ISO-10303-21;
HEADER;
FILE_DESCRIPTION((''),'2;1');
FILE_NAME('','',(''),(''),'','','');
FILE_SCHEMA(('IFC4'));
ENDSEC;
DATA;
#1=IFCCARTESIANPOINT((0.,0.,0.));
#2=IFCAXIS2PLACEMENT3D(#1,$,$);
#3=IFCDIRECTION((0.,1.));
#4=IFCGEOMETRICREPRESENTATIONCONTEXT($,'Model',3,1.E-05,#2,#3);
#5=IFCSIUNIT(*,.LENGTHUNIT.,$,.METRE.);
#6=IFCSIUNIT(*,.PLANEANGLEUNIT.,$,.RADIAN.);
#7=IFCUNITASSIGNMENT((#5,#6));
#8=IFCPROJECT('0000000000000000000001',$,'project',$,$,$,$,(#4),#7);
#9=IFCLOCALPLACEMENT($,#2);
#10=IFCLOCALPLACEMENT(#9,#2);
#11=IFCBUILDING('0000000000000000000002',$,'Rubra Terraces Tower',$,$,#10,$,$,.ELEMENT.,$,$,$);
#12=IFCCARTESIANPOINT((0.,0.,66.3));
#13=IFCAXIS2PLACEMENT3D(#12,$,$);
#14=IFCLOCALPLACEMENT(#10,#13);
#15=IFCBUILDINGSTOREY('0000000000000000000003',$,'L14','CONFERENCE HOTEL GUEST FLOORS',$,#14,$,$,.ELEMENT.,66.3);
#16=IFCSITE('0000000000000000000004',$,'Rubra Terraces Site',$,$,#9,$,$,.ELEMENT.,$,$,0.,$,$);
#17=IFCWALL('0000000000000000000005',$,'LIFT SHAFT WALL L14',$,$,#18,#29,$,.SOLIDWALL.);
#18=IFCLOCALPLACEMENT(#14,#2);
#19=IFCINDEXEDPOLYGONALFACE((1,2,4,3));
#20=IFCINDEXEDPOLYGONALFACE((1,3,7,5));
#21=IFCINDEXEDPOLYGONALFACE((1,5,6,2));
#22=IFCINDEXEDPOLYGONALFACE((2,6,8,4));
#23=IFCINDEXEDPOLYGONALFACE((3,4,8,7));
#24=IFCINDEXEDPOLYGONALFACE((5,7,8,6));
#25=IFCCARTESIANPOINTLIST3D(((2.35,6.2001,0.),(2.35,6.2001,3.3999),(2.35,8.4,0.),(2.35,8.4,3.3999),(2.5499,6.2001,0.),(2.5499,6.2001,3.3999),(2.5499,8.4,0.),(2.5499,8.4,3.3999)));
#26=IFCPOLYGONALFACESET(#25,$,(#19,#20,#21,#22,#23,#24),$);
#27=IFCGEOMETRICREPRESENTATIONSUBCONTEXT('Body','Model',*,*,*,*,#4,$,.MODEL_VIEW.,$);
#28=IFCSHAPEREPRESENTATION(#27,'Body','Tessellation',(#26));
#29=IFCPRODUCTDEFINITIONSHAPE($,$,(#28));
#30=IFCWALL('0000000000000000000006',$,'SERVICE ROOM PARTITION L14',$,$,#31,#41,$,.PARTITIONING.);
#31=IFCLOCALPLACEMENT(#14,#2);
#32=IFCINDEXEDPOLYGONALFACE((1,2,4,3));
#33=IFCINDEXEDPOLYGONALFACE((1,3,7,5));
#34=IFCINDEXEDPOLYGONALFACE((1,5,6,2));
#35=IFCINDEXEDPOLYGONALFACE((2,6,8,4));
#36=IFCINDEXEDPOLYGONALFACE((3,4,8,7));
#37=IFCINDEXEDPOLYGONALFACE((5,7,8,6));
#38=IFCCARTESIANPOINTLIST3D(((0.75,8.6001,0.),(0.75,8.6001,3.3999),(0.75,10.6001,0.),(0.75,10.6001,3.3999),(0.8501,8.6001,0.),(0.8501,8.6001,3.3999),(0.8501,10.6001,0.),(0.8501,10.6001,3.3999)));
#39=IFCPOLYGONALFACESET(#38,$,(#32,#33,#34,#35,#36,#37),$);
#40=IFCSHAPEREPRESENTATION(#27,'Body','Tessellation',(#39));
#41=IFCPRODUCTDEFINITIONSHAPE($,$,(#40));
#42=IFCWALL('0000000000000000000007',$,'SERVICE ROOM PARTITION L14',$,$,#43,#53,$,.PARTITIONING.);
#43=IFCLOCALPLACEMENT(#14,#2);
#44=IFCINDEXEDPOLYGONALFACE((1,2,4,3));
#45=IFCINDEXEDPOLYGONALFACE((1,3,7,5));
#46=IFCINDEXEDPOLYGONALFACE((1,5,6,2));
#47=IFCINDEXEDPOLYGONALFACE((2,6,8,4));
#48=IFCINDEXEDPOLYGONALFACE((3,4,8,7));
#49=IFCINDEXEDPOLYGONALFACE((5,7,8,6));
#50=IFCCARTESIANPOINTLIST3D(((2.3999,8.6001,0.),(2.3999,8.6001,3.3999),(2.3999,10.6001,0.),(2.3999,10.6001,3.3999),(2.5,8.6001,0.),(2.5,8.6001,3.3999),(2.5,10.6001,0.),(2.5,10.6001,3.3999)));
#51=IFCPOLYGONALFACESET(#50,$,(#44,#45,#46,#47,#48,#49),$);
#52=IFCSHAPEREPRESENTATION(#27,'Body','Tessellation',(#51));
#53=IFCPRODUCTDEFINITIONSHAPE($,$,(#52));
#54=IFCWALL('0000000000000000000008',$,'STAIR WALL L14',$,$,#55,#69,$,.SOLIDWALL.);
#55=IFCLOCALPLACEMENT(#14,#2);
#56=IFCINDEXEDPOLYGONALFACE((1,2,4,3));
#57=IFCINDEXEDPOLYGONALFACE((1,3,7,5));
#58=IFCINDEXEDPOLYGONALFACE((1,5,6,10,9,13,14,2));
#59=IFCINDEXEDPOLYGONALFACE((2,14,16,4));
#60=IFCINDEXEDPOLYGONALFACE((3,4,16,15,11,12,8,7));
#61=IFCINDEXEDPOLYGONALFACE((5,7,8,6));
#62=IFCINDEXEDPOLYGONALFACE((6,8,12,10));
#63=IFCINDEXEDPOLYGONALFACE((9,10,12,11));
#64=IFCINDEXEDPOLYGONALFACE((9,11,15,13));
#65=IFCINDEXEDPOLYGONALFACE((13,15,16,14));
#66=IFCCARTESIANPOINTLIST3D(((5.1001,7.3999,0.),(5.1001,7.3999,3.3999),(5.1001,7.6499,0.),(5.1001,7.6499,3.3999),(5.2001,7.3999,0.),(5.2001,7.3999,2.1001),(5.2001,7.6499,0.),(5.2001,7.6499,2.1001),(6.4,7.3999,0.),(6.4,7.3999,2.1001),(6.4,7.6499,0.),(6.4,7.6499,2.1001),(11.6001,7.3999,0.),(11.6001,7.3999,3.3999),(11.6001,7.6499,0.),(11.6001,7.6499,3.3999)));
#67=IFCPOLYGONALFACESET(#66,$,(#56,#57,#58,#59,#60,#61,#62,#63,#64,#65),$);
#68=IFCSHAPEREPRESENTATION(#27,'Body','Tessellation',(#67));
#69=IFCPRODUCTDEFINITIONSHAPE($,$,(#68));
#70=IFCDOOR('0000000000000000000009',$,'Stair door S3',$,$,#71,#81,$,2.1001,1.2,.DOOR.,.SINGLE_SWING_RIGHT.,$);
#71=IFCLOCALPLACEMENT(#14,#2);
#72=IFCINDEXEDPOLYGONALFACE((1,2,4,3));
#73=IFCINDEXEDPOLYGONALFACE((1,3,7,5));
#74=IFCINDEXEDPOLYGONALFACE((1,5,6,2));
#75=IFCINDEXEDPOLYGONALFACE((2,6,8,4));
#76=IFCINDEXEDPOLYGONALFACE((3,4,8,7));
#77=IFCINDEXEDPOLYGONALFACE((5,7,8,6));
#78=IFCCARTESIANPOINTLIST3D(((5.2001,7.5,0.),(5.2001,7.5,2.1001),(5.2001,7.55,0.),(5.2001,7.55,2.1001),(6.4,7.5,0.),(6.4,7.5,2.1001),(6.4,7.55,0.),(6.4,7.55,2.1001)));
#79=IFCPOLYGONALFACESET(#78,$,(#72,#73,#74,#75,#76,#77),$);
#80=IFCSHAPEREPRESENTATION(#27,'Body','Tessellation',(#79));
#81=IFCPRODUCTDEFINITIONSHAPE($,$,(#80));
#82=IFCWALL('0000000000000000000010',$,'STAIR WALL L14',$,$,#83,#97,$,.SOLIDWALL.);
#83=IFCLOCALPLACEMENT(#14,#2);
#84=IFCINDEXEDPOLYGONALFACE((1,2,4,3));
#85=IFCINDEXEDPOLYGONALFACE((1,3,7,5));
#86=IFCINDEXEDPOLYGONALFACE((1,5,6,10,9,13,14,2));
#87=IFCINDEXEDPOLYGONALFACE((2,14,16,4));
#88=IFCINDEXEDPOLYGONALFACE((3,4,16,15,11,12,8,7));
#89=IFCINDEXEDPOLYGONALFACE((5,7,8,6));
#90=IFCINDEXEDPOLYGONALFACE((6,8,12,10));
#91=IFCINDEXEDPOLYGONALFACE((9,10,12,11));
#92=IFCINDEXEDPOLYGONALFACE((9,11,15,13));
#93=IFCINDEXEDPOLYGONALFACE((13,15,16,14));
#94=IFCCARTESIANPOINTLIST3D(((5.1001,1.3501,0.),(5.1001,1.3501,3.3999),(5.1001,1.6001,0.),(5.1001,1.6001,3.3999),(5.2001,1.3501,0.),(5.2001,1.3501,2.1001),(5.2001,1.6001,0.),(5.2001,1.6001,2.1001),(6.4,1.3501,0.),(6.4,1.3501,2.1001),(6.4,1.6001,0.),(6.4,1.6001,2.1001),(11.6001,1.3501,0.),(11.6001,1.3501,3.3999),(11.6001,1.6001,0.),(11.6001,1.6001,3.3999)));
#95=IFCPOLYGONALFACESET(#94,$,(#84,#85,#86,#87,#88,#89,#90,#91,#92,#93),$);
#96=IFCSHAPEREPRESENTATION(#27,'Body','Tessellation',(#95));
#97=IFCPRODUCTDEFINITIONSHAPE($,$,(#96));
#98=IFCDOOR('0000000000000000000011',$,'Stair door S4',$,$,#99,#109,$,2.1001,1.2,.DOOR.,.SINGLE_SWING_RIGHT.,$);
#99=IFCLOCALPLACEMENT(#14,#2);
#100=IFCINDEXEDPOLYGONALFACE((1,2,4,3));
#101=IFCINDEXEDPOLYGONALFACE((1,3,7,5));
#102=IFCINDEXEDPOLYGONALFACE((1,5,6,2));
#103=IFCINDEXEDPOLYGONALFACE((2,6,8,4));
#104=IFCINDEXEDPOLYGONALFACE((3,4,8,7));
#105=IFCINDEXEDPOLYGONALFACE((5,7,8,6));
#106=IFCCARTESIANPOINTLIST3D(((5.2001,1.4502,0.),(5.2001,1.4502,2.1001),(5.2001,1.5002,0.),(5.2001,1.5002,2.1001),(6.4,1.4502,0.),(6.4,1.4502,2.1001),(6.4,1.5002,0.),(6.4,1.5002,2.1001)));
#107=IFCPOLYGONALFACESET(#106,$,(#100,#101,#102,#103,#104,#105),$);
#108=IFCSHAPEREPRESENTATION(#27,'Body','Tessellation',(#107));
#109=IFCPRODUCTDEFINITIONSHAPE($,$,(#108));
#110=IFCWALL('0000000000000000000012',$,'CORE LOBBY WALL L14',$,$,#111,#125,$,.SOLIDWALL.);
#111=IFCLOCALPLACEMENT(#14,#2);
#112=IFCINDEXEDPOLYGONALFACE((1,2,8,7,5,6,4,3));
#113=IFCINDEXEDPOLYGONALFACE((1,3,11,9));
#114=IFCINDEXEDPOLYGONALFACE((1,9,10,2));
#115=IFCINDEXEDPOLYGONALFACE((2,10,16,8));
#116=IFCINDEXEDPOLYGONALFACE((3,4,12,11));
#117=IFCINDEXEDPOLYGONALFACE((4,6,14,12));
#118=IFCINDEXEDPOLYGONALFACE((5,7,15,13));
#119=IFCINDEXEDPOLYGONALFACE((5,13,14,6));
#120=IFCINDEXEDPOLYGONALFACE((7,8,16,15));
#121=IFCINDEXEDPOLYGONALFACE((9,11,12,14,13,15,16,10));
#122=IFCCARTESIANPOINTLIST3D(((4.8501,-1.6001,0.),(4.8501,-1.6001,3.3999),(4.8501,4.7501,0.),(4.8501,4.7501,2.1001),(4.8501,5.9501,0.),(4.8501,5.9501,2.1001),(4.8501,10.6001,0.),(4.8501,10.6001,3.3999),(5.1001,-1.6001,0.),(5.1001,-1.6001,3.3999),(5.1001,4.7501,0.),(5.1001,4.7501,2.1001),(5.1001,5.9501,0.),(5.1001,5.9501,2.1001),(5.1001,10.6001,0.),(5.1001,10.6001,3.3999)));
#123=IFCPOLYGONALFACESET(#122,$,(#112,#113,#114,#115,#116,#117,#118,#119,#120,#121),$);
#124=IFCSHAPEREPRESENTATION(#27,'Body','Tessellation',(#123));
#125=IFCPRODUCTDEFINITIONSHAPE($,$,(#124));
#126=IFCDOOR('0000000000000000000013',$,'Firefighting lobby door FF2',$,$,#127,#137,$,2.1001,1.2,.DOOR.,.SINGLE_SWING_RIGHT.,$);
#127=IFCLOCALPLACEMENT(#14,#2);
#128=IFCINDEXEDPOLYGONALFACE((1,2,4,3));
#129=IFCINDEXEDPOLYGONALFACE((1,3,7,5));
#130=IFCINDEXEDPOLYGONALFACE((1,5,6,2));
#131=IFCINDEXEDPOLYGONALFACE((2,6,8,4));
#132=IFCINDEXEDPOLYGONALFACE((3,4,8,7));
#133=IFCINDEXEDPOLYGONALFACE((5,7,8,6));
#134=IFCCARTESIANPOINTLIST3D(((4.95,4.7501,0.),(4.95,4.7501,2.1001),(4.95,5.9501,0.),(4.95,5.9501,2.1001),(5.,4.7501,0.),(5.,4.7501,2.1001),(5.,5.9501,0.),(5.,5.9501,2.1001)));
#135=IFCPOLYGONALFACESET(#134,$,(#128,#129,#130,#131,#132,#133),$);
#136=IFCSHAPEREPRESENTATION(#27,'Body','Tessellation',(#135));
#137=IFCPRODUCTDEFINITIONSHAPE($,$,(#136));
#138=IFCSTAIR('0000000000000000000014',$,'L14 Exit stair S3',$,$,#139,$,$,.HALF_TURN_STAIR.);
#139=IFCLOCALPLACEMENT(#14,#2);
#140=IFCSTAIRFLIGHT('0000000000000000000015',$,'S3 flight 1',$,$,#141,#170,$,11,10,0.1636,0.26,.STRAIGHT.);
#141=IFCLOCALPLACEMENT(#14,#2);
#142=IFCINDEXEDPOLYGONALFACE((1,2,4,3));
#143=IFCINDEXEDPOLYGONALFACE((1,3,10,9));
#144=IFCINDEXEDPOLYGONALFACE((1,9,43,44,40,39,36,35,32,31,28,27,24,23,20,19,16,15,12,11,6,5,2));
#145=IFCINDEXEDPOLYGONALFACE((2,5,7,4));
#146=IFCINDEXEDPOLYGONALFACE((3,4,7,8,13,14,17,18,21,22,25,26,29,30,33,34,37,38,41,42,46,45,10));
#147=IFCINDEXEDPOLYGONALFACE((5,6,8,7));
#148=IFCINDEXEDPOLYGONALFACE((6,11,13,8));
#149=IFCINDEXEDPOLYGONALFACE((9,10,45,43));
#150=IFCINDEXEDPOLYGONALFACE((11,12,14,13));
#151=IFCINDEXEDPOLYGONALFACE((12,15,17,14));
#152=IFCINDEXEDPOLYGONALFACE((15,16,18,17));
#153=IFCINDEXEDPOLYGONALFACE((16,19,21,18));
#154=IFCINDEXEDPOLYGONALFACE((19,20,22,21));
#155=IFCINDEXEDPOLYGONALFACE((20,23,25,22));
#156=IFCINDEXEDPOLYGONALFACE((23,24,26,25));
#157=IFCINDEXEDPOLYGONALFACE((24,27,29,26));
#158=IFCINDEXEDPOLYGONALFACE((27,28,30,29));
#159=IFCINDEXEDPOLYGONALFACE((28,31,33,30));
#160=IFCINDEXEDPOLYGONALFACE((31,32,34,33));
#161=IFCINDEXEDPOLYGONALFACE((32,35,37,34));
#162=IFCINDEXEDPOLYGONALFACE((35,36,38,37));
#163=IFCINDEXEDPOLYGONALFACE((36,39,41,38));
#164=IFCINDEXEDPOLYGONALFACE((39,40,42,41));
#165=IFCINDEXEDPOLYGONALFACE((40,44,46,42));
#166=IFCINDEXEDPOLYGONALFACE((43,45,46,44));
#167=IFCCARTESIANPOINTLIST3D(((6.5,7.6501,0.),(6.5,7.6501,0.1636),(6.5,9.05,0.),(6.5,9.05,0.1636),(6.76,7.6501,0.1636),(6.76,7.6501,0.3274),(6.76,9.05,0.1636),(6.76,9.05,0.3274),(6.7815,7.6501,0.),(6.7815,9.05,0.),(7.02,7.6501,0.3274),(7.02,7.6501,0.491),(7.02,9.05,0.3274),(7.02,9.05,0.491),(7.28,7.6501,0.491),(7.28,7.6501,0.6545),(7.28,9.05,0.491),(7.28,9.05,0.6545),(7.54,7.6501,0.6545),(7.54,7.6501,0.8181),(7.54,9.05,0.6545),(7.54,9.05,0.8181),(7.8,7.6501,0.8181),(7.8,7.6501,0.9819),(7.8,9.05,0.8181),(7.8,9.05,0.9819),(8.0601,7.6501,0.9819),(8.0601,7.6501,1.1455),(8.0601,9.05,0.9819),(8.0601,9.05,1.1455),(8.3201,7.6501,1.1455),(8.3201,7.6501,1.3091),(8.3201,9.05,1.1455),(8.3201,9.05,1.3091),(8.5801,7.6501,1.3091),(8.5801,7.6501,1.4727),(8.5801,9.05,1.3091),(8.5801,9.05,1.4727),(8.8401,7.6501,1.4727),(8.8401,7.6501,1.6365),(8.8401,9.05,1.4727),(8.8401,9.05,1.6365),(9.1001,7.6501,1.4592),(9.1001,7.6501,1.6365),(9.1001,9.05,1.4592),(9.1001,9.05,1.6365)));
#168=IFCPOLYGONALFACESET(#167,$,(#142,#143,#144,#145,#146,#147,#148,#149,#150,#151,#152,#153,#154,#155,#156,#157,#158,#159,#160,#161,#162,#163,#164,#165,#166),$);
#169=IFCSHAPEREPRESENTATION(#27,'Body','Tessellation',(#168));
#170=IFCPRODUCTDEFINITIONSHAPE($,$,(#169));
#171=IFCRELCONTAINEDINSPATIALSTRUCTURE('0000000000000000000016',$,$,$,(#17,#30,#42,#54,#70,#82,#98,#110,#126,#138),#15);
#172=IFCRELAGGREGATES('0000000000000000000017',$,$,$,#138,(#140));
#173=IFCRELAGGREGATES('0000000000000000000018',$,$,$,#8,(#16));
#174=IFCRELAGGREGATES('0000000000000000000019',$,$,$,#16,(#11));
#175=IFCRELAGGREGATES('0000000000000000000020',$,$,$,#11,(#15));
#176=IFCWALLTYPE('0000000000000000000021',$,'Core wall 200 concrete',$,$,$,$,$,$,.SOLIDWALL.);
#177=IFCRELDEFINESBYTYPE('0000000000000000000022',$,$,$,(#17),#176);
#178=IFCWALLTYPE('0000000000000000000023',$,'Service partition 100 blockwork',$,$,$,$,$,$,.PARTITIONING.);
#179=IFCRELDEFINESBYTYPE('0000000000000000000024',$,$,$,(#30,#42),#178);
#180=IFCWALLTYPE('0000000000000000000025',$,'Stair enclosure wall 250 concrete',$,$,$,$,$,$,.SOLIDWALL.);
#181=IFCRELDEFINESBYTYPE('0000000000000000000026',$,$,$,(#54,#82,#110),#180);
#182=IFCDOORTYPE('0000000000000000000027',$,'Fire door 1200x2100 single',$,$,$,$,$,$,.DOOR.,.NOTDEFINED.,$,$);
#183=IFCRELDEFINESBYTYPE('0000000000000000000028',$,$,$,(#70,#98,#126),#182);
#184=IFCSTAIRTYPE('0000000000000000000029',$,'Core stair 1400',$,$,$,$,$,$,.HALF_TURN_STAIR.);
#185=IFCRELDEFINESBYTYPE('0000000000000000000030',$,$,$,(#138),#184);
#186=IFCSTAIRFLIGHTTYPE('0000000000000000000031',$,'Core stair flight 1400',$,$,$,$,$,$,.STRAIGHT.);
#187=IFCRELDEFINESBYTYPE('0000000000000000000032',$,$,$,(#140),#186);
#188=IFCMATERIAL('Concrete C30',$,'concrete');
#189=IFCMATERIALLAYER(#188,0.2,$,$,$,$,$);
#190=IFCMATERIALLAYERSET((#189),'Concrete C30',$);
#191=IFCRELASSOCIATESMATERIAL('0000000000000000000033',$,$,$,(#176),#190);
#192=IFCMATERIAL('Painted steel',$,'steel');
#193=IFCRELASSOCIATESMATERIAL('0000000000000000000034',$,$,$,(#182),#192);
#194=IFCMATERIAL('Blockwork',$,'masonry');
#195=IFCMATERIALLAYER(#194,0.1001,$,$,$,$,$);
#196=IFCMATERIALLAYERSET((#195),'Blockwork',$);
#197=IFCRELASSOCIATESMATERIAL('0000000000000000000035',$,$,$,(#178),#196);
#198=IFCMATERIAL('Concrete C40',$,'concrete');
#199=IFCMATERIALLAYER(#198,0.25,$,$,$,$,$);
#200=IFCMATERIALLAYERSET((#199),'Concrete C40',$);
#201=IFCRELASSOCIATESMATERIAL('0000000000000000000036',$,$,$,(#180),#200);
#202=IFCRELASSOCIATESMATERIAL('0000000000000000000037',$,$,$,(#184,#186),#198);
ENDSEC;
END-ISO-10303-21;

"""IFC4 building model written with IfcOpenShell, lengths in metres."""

from ifc_helpers import new_model, si_unit, direction, frame, frame_2d, origin, place, context, subcontext, project, spatial, polyline, rectangle, outline, extrude, material, layer, layer_set, type_object, element, fill, aggregate, save


model = new_model("IFC4")

# Units and contexts
model_context = context("Model", 3, precision=1e-05, world=origin(), true_north=direction((0.0, 1.0)))
body_context = subcontext(model_context, "Body", "Model", "MODEL_VIEW")
ifc_project = project(units=[si_unit("LENGTHUNIT", "METRE"), si_unit("PLANEANGLEUNIT", "RADIAN")], contexts=[model_context])

# Site, building, storey
site_placement = place(None, origin())
site = spatial("IfcSite", under=ifc_project, at=site_placement, Name="Rubra Terraces Site", CompositionType="ELEMENT", RefElevation=0.0)
building_placement = place(site_placement, origin())
building = spatial("IfcBuilding", under=site, at=building_placement, Name="Rubra Terraces Tower", CompositionType="ELEMENT")
storey_placement = place(building_placement, frame((0.0, 0.0, 66.3)))
storey = spatial("IfcBuildingStorey", under=building, at=storey_placement, Name="L14", Description="CONFERENCE HOTEL GUEST FLOORS", CompositionType="ELEMENT", Elevation=66.3)

# Shared definitions
ifc_material_1 = material(Name="Concrete C30", Category="concrete")
ifc_layer_1 = layer(ifc_material_1, 0.2)
ifc_layer_set_1 = layer_set([ifc_layer_1], Name="Concrete C30")
wall_type_1 = type_object("IfcWallType", Name="Core wall 200 concrete", PredefinedType="SOLIDWALL", material=ifc_layer_set_1)
ifc_material_2 = material(Name="Painted steel", Category="steel")
door_type_1 = type_object("IfcDoorType", Name="Fire door 1200x2100 single", OperationType="NOTDEFINED", PredefinedType="DOOR", material=ifc_material_2)

# Walls
for number, where, z_axis, x_axis, name in (
    (1, (2.45, 6.2, 0.0), (0.0, 0.0, 1.0), (0.0, 1.0, 0.0), "LIFT SHAFT WALL L14"),
):
    element("IfcWall", number, at=place(storey_placement, frame(where, z_axis=z_axis, x_axis=x_axis)), inside=storey, type_object=wall_type_1, Name=name, PredefinedType="SOLIDWALL", context=body_context, shape_type="SweptSolid", body=[
        extrude(rectangle(XDim=2.2, YDim=0.2, at=frame_2d((1.1001, 0.0))), origin(), (0.0, 0.0, 1.0), 3.3999),
    ])
ifc_material_3 = material(Name="Blockwork", Category="masonry")
ifc_layer_2 = layer(ifc_material_3, 0.1001)
ifc_layer_set_2 = layer_set([ifc_layer_2], Name="Blockwork")
wall_type_2 = type_object("IfcWallType", Name="Service partition 100 blockwork", PredefinedType="PARTITIONING", material=ifc_layer_set_2)
for number, where, z_axis, x_axis, name in (
    (2, (0.8, 8.6001, 0.0), (0.0, 0.0, 1.0), (0.0, 1.0, 0.0), "SERVICE ROOM PARTITION L14"),
    (3, (2.45, 8.6001, 0.0), (0.0, 0.0, 1.0), (0.0, 1.0, 0.0), "SERVICE ROOM PARTITION L14"),
):
    element("IfcWall", number, at=place(storey_placement, frame(where, z_axis=z_axis, x_axis=x_axis)), inside=storey, type_object=wall_type_2, Name=name, PredefinedType="PARTITIONING", context=body_context, shape_type="SweptSolid", body=[
        extrude(rectangle(XDim=2.0, YDim=0.1001, at=frame_2d((1.0, 0.0))), origin(), (0.0, 0.0, 1.0), 3.3999),
    ])

# Walls, openings, doors
ifc_material_4 = material(Name="Concrete C40", Category="concrete")
ifc_layer_3 = layer(ifc_material_4, 0.25)
ifc_layer_set_3 = layer_set([ifc_layer_3], Name="Concrete C40")
wall_type_3 = type_object("IfcWallType", Name="Stair enclosure wall 250 concrete", PredefinedType="SOLIDWALL", material=ifc_layer_set_3)
wall_1_placement = place(storey_placement, frame((11.6001, 7.5249, 0.0), z_axis=(0.0, 0.0, 1.0), x_axis=(-1.0, 0.0, 0.0)))
wall_1 = element("IfcWall", 4, at=wall_1_placement, inside=storey, type_object=wall_type_3, Name="STAIR WALL L14", PredefinedType="SOLIDWALL", context=body_context, shape_type="SweptSolid", body=[
    extrude(rectangle(XDim=6.5, YDim=0.25, at=frame_2d((3.25, 0.0))), origin(), (0.0, 0.0, 1.0), 3.3999),
])
opening_1_placement = place(wall_1_placement, frame((5.2, 0.0, 0.0)))
opening_1 = element("IfcOpeningElement", 5, at=opening_1_placement, cuts=wall_1, PredefinedType="OPENING", context=body_context, shape_type="SweptSolid", body=[
    extrude(rectangle(XDim=1.2, YDim=2.1001, at=frame_2d((0.6001, 1.05))), frame((0.0, 0.135, 0.0), z_axis=(0.0, -1.0, 0.0), x_axis=(1.0, 0.0, 0.0)), (0.0, 0.0, 1.0), 0.27),
])
door_1_placement = place(opening_1_placement, origin())
door_1 = element("IfcDoor", 6, at=door_1_placement, inside=storey, type_object=door_type_1, Name="Stair door S3", OperationType="SINGLE_SWING_RIGHT", OverallHeight=2.1001, OverallWidth=1.2, PredefinedType="DOOR", context=body_context, shape_type="SweptSolid", body=[
    extrude(rectangle(XDim=1.2, YDim=2.1001, at=frame_2d((0.6001, 1.05))), frame((0.0, 0.0249, 0.0), z_axis=(0.0, -1.0, 0.0), x_axis=(1.0, 0.0, 0.0)), (0.0, 0.0, 1.0), 0.05),
])
fill(opening_1, door_1)
wall_2_placement = place(storey_placement, frame((11.6001, 1.4751, 0.0), z_axis=(0.0, 0.0, 1.0), x_axis=(-1.0, 0.0, 0.0)))
wall_2 = element("IfcWall", 7, at=wall_2_placement, inside=storey, type_object=wall_type_3, Name="STAIR WALL L14", PredefinedType="SOLIDWALL", context=body_context, shape_type="SweptSolid", body=[
    extrude(rectangle(XDim=6.5, YDim=0.25, at=frame_2d((3.25, 0.0))), origin(), (0.0, 0.0, 1.0), 3.3999),
])
opening_2_placement = place(wall_2_placement, frame((5.2, 0.0, 0.0)))
opening_2 = element("IfcOpeningElement", 8, at=opening_2_placement, cuts=wall_2, PredefinedType="OPENING", context=body_context, shape_type="SweptSolid", body=[
    extrude(rectangle(XDim=1.2, YDim=2.1001, at=frame_2d((0.6001, 1.05))), frame((0.0, 0.135, 0.0), z_axis=(0.0, -1.0, 0.0), x_axis=(1.0, 0.0, 0.0)), (0.0, 0.0, 1.0), 0.27),
])
door_2_placement = place(opening_2_placement, origin())
door_2 = element("IfcDoor", 9, at=door_2_placement, inside=storey, type_object=door_type_1, Name="Stair door S4", OperationType="SINGLE_SWING_RIGHT", OverallHeight=2.1001, OverallWidth=1.2, PredefinedType="DOOR", context=body_context, shape_type="SweptSolid", body=[
    extrude(rectangle(XDim=1.2, YDim=2.1001, at=frame_2d((0.6001, 1.05))), frame((0.0, 0.0249, 0.0), z_axis=(0.0, -1.0, 0.0), x_axis=(1.0, 0.0, 0.0)), (0.0, 0.0, 1.0), 0.05),
])
fill(opening_2, door_2)
wall_3_placement = place(storey_placement, frame((4.9751, 10.6001, 0.0), z_axis=(0.0, 0.0, 1.0), x_axis=(0.0, -1.0, 0.0)))
wall_3 = element("IfcWall", 10, at=wall_3_placement, inside=storey, type_object=wall_type_3, Name="CORE LOBBY WALL L14", PredefinedType="SOLIDWALL", context=body_context, shape_type="SweptSolid", body=[
    extrude(rectangle(XDim=12.2002, YDim=0.25, at=frame_2d((6.1001, 0.0))), origin(), (0.0, 0.0, 1.0), 3.3999),
])
opening_3_placement = place(wall_3_placement, frame((4.6499, 0.0, 0.0)))
opening_3 = element("IfcOpeningElement", 11, at=opening_3_placement, cuts=wall_3, PredefinedType="OPENING", context=body_context, shape_type="SweptSolid", body=[
    extrude(rectangle(XDim=1.2, YDim=2.1001, at=frame_2d((0.6001, 1.05))), frame((0.0, 0.135, 0.0), z_axis=(0.0, -1.0, 0.0), x_axis=(1.0, 0.0, 0.0)), (0.0, 0.0, 1.0), 0.27),
])
door_3_placement = place(opening_3_placement, origin())
door_3 = element("IfcDoor", 12, at=door_3_placement, inside=storey, type_object=door_type_1, Name="Firefighting lobby door FF2", OperationType="SINGLE_SWING_RIGHT", OverallHeight=2.1001, OverallWidth=1.2, PredefinedType="DOOR", context=body_context, shape_type="SweptSolid", body=[
    extrude(rectangle(XDim=1.2, YDim=2.1001, at=frame_2d((0.6001, 1.05))), frame((0.0, 0.0249, 0.0), z_axis=(0.0, -1.0, 0.0), x_axis=(1.0, 0.0, 0.0)), (0.0, 0.0, 1.0), 0.05),
])
fill(opening_3, door_3)

# Stair, stair flight
stair_type = type_object("IfcStairType", Name="Core stair 1400", PredefinedType="HALF_TURN_STAIR", material=ifc_material_4)
stair_1_placement = place(storey_placement, origin())
stair_1 = element("IfcStair", 13, at=stair_1_placement, inside=storey, type_object=stair_type, Name="L14 Exit stair S3", PredefinedType="HALF_TURN_STAIR")
stair_flight_type = type_object("IfcStairFlightType", Name="Core stair flight 1400", PredefinedType="STRAIGHT", material=ifc_material_4)
stair_flight_1_placement = place(storey_placement, frame((6.5, 8.3501, 0.0), z_axis=(0.0, 0.0, 1.0), x_axis=(1.0, 0.0, 0.0)))
stair_flight_1 = element("IfcStairFlight", 14, at=stair_flight_1_placement, type_object=stair_flight_type, Name="S3 flight 1", NumberOfRisers=11, NumberOfTreads=10, PredefinedType="STRAIGHT", RiserHeight=0.1636, TreadLength=0.26, context=body_context, shape_type="SweptSolid", body=[
    extrude(outline(polyline([(0.0, 0.0), (0.0, 0.1636), (0.26, 0.1636), (0.26, 0.3274), (0.52, 0.3274), (0.52, 0.491), (0.78, 0.491), (0.78, 0.6545), (1.04, 0.6545), (1.04, 0.8181), (1.3, 0.8181), (1.3, 0.9819), (1.5601, 0.9819), (1.5601, 1.1455), (1.8201, 1.1455), (1.8201, 1.3091), (2.0801, 1.3091), (2.0801, 1.4727), (2.3401, 1.4727), (2.3401, 1.6365), (2.6001, 1.6365), (2.6001, 1.8), (2.6001, 1.4592), (0.2815, 0.0), (0.0, 0.0)])), frame((0.0, 0.7, 0.0), z_axis=(0.0, -1.0, 0.0), x_axis=(1.0, 0.0, 0.0)), (0.0, 0.0, 1.0), 1.3999),
])
aggregate(stair_1, [stair_flight_1])

save(model, "model.ifc")
